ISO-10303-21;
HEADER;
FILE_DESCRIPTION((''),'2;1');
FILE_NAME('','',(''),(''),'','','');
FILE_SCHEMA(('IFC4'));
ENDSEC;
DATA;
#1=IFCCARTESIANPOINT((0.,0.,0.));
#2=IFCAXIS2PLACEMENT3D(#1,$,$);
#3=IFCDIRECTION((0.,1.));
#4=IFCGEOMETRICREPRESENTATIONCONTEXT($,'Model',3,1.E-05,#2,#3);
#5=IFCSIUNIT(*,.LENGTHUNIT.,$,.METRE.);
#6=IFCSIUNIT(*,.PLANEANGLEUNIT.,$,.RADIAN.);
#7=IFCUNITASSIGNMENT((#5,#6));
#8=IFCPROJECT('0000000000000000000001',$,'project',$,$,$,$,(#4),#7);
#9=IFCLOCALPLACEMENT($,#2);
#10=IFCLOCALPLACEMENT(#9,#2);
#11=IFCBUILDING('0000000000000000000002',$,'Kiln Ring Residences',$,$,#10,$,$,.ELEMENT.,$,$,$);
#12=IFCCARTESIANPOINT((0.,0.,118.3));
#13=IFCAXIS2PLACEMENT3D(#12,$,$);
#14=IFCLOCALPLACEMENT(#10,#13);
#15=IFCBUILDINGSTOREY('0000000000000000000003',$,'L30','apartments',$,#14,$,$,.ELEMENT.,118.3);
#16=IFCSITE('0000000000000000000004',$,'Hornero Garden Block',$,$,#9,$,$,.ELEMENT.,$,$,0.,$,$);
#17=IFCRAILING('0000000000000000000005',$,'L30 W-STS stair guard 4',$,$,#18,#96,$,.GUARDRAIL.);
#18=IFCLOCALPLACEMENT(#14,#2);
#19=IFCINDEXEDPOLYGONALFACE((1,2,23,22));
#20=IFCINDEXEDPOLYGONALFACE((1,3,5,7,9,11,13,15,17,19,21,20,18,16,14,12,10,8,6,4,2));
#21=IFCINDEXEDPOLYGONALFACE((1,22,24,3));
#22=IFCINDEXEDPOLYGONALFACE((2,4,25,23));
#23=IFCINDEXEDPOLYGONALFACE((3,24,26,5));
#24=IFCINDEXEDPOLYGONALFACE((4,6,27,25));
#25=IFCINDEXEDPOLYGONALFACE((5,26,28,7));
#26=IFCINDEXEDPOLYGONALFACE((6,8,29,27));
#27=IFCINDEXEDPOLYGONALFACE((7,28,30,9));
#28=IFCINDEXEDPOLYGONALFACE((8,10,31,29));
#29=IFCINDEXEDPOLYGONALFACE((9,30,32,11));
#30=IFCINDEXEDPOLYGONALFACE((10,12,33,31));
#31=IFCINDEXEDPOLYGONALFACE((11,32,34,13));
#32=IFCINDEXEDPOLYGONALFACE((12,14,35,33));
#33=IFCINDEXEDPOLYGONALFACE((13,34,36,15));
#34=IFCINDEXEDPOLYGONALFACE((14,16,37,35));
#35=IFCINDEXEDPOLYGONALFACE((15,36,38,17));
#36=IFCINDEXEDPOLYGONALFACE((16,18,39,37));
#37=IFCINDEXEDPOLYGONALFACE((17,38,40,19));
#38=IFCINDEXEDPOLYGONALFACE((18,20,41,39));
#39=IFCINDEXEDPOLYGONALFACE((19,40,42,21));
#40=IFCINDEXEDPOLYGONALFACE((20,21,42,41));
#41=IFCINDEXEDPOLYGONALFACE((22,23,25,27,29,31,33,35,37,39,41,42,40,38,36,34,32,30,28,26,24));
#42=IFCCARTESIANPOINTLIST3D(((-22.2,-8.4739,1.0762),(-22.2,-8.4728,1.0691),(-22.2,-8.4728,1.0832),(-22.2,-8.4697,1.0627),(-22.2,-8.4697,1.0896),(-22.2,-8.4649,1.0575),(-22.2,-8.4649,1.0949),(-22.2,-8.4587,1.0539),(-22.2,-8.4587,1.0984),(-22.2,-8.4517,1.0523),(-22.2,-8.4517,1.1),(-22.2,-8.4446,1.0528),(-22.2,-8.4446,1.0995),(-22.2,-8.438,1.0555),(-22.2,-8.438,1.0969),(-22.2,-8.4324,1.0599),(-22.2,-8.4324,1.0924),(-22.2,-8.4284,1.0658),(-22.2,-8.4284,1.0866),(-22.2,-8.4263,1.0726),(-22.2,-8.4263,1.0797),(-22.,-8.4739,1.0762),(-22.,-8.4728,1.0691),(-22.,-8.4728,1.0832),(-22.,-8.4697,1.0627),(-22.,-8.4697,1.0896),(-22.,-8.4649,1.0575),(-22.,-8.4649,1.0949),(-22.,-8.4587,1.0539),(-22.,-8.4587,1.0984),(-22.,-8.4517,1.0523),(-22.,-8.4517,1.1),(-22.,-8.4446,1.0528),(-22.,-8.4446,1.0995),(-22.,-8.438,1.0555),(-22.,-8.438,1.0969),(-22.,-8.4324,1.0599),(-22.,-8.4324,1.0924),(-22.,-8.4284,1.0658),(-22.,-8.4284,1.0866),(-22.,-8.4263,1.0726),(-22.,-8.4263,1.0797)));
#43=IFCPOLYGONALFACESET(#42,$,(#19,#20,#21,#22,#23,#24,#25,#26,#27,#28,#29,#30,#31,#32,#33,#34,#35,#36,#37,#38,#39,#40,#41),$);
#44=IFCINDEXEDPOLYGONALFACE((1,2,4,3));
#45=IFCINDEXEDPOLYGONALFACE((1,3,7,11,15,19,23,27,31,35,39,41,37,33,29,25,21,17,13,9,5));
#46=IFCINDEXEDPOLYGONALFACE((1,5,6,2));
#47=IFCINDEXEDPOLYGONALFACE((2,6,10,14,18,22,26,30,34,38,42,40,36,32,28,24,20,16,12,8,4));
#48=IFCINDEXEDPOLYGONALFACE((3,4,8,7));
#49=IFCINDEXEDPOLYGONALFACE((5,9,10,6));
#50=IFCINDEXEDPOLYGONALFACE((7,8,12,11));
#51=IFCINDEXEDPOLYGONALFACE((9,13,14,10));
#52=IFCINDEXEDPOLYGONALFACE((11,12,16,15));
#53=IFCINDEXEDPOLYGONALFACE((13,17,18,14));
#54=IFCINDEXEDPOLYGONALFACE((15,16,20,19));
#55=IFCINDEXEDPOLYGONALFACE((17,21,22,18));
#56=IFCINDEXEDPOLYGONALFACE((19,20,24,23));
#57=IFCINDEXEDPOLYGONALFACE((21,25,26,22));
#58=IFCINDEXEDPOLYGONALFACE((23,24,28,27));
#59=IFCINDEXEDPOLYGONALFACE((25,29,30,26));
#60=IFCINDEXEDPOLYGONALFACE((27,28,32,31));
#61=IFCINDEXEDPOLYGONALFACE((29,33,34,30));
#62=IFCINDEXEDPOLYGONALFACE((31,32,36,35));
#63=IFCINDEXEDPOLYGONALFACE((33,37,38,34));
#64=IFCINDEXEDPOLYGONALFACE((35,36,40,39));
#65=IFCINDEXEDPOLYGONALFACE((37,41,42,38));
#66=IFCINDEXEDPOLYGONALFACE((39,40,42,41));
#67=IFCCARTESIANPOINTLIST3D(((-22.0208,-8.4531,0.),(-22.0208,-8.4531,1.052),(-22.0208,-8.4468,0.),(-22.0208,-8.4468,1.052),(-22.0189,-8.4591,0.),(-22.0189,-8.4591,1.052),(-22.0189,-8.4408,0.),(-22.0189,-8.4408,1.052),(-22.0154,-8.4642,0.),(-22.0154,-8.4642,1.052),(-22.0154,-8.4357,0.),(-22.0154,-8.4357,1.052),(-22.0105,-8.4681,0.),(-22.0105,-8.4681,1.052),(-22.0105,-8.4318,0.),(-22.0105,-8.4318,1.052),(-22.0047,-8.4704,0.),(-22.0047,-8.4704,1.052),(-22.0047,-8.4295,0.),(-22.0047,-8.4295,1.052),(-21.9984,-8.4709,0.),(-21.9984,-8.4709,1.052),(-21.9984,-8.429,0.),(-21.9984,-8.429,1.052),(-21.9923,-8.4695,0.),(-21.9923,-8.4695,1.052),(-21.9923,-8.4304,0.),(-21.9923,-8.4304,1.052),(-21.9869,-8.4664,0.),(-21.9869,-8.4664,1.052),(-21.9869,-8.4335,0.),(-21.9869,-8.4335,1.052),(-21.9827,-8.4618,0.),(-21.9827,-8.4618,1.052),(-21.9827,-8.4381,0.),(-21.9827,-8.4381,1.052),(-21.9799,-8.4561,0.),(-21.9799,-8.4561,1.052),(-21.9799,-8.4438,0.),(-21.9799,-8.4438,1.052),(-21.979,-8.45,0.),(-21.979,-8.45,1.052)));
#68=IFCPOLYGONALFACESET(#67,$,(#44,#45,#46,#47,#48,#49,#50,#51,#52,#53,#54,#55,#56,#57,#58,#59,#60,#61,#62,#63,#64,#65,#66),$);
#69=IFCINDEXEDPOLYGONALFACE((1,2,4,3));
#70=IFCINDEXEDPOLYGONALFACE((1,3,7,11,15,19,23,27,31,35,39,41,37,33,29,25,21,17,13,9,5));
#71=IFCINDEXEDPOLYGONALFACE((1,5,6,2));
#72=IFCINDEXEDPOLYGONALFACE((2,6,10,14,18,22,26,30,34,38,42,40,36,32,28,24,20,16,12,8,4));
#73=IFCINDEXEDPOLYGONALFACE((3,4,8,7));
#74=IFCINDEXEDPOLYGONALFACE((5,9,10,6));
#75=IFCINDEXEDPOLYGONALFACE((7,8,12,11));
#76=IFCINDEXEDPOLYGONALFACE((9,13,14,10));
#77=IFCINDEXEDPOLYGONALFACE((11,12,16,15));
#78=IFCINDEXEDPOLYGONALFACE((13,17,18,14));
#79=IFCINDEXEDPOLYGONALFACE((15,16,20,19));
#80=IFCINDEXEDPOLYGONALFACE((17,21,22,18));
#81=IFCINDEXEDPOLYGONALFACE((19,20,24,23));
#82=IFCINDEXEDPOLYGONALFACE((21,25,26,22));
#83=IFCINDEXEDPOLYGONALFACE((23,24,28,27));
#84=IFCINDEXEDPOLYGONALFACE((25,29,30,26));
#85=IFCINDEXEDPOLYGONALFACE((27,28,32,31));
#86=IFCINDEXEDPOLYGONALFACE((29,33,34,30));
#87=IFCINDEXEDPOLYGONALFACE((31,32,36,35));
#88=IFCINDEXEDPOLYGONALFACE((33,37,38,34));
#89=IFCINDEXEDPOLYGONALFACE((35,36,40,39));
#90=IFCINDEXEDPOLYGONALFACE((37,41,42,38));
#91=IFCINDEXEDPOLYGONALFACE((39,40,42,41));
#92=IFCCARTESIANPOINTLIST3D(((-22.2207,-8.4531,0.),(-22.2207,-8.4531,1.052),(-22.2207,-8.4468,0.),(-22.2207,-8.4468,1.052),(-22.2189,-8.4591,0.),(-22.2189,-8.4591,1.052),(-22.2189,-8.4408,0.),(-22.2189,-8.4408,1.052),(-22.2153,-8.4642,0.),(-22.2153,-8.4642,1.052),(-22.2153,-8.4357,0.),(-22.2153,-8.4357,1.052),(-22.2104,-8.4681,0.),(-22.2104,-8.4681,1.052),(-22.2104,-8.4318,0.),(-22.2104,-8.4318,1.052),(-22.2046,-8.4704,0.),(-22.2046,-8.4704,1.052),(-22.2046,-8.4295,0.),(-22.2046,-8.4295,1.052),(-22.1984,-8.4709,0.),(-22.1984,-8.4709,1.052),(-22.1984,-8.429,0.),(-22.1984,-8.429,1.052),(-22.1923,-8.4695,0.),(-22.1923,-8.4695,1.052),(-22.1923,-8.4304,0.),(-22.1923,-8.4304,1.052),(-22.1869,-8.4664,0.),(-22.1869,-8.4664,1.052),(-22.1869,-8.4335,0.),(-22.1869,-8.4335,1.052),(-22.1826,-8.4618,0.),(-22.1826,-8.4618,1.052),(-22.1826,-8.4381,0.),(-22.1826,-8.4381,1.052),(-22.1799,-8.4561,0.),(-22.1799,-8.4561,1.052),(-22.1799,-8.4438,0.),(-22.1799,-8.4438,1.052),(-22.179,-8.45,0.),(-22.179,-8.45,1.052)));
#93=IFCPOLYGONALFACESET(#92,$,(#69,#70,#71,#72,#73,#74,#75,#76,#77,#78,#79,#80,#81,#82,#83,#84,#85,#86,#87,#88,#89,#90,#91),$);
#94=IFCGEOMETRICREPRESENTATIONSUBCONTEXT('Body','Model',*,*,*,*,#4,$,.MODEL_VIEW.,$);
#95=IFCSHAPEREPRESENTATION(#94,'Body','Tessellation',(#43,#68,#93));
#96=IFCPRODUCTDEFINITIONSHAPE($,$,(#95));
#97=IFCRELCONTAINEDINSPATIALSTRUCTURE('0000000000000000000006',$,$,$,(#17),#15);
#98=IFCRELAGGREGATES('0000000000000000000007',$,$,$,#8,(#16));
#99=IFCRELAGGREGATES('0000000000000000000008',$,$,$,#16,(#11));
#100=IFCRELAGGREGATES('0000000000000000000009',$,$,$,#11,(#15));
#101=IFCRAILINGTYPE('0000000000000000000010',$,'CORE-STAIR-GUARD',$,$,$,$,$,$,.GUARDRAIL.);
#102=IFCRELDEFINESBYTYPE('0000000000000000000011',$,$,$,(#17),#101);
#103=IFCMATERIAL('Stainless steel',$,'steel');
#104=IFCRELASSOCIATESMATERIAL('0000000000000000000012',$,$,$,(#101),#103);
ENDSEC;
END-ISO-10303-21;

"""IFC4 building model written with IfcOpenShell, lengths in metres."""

from ifc_helpers import new_model, si_unit, direction, frame, origin, origin_2d, place, context, subcontext, project, spatial, circle, extrude, material, type_object, element, save


model = new_model("IFC4")

# Units and contexts
model_context = context("Model", 3, precision=1e-05, world=origin(), true_north=direction((0.0, 1.0)))
body_context = subcontext(model_context, "Body", "Model", "MODEL_VIEW")
ifc_project = project(units=[si_unit("LENGTHUNIT", "METRE"), si_unit("PLANEANGLEUNIT", "RADIAN")], contexts=[model_context])

# Site, building, storey
site_placement = place(None, origin())
site = spatial("IfcSite", under=ifc_project, at=site_placement, Name="Hornero Garden Block", CompositionType="ELEMENT", RefElevation=0.0)
building_placement = place(site_placement, origin())
building = spatial("IfcBuilding", under=site, at=building_placement, Name="Kiln Ring Residences", CompositionType="ELEMENT")
storey_placement = place(building_placement, frame((0.0, 0.0, 118.3)))
storey = spatial("IfcBuildingStorey", under=building, at=storey_placement, Name="L30", Description="apartments", CompositionType="ELEMENT", Elevation=118.3)

# Railing
ifc_material_1 = material(Name="Stainless steel", Category="steel")
railing_type_1 = type_object("IfcRailingType", Name="CORE-STAIR-GUARD", PredefinedType="GUARDRAIL", material=ifc_material_1)
railing_1_placement = place(storey_placement, frame((-22.0, -8.45, 0.0)))
element("IfcRailing", 1, at=railing_1_placement, inside=storey, type_object=railing_type_1, Name="L30 W-STS stair guard 4", PredefinedType="GUARDRAIL", context=body_context, shape_type="SweptSolid", body=[
    extrude(circle(Radius=0.0239, at=origin_2d()), frame((0.0, 0.0, 1.0762), z_axis=(-1.0, 0.0, 0.0), x_axis=(0.0, -1.0, 0.0)), (0.0, 0.0, 1.0), 0.2),
    extrude(circle(Radius=0.021, at=origin_2d()), origin(), (0.0, 0.0, 1.0), 1.052),
    extrude(circle(Radius=0.021, at=origin_2d()), frame((-0.2, 0.0, 0.0)), (0.0, 0.0, 1.0), 1.052),
])

save(model, "model.ifc")
